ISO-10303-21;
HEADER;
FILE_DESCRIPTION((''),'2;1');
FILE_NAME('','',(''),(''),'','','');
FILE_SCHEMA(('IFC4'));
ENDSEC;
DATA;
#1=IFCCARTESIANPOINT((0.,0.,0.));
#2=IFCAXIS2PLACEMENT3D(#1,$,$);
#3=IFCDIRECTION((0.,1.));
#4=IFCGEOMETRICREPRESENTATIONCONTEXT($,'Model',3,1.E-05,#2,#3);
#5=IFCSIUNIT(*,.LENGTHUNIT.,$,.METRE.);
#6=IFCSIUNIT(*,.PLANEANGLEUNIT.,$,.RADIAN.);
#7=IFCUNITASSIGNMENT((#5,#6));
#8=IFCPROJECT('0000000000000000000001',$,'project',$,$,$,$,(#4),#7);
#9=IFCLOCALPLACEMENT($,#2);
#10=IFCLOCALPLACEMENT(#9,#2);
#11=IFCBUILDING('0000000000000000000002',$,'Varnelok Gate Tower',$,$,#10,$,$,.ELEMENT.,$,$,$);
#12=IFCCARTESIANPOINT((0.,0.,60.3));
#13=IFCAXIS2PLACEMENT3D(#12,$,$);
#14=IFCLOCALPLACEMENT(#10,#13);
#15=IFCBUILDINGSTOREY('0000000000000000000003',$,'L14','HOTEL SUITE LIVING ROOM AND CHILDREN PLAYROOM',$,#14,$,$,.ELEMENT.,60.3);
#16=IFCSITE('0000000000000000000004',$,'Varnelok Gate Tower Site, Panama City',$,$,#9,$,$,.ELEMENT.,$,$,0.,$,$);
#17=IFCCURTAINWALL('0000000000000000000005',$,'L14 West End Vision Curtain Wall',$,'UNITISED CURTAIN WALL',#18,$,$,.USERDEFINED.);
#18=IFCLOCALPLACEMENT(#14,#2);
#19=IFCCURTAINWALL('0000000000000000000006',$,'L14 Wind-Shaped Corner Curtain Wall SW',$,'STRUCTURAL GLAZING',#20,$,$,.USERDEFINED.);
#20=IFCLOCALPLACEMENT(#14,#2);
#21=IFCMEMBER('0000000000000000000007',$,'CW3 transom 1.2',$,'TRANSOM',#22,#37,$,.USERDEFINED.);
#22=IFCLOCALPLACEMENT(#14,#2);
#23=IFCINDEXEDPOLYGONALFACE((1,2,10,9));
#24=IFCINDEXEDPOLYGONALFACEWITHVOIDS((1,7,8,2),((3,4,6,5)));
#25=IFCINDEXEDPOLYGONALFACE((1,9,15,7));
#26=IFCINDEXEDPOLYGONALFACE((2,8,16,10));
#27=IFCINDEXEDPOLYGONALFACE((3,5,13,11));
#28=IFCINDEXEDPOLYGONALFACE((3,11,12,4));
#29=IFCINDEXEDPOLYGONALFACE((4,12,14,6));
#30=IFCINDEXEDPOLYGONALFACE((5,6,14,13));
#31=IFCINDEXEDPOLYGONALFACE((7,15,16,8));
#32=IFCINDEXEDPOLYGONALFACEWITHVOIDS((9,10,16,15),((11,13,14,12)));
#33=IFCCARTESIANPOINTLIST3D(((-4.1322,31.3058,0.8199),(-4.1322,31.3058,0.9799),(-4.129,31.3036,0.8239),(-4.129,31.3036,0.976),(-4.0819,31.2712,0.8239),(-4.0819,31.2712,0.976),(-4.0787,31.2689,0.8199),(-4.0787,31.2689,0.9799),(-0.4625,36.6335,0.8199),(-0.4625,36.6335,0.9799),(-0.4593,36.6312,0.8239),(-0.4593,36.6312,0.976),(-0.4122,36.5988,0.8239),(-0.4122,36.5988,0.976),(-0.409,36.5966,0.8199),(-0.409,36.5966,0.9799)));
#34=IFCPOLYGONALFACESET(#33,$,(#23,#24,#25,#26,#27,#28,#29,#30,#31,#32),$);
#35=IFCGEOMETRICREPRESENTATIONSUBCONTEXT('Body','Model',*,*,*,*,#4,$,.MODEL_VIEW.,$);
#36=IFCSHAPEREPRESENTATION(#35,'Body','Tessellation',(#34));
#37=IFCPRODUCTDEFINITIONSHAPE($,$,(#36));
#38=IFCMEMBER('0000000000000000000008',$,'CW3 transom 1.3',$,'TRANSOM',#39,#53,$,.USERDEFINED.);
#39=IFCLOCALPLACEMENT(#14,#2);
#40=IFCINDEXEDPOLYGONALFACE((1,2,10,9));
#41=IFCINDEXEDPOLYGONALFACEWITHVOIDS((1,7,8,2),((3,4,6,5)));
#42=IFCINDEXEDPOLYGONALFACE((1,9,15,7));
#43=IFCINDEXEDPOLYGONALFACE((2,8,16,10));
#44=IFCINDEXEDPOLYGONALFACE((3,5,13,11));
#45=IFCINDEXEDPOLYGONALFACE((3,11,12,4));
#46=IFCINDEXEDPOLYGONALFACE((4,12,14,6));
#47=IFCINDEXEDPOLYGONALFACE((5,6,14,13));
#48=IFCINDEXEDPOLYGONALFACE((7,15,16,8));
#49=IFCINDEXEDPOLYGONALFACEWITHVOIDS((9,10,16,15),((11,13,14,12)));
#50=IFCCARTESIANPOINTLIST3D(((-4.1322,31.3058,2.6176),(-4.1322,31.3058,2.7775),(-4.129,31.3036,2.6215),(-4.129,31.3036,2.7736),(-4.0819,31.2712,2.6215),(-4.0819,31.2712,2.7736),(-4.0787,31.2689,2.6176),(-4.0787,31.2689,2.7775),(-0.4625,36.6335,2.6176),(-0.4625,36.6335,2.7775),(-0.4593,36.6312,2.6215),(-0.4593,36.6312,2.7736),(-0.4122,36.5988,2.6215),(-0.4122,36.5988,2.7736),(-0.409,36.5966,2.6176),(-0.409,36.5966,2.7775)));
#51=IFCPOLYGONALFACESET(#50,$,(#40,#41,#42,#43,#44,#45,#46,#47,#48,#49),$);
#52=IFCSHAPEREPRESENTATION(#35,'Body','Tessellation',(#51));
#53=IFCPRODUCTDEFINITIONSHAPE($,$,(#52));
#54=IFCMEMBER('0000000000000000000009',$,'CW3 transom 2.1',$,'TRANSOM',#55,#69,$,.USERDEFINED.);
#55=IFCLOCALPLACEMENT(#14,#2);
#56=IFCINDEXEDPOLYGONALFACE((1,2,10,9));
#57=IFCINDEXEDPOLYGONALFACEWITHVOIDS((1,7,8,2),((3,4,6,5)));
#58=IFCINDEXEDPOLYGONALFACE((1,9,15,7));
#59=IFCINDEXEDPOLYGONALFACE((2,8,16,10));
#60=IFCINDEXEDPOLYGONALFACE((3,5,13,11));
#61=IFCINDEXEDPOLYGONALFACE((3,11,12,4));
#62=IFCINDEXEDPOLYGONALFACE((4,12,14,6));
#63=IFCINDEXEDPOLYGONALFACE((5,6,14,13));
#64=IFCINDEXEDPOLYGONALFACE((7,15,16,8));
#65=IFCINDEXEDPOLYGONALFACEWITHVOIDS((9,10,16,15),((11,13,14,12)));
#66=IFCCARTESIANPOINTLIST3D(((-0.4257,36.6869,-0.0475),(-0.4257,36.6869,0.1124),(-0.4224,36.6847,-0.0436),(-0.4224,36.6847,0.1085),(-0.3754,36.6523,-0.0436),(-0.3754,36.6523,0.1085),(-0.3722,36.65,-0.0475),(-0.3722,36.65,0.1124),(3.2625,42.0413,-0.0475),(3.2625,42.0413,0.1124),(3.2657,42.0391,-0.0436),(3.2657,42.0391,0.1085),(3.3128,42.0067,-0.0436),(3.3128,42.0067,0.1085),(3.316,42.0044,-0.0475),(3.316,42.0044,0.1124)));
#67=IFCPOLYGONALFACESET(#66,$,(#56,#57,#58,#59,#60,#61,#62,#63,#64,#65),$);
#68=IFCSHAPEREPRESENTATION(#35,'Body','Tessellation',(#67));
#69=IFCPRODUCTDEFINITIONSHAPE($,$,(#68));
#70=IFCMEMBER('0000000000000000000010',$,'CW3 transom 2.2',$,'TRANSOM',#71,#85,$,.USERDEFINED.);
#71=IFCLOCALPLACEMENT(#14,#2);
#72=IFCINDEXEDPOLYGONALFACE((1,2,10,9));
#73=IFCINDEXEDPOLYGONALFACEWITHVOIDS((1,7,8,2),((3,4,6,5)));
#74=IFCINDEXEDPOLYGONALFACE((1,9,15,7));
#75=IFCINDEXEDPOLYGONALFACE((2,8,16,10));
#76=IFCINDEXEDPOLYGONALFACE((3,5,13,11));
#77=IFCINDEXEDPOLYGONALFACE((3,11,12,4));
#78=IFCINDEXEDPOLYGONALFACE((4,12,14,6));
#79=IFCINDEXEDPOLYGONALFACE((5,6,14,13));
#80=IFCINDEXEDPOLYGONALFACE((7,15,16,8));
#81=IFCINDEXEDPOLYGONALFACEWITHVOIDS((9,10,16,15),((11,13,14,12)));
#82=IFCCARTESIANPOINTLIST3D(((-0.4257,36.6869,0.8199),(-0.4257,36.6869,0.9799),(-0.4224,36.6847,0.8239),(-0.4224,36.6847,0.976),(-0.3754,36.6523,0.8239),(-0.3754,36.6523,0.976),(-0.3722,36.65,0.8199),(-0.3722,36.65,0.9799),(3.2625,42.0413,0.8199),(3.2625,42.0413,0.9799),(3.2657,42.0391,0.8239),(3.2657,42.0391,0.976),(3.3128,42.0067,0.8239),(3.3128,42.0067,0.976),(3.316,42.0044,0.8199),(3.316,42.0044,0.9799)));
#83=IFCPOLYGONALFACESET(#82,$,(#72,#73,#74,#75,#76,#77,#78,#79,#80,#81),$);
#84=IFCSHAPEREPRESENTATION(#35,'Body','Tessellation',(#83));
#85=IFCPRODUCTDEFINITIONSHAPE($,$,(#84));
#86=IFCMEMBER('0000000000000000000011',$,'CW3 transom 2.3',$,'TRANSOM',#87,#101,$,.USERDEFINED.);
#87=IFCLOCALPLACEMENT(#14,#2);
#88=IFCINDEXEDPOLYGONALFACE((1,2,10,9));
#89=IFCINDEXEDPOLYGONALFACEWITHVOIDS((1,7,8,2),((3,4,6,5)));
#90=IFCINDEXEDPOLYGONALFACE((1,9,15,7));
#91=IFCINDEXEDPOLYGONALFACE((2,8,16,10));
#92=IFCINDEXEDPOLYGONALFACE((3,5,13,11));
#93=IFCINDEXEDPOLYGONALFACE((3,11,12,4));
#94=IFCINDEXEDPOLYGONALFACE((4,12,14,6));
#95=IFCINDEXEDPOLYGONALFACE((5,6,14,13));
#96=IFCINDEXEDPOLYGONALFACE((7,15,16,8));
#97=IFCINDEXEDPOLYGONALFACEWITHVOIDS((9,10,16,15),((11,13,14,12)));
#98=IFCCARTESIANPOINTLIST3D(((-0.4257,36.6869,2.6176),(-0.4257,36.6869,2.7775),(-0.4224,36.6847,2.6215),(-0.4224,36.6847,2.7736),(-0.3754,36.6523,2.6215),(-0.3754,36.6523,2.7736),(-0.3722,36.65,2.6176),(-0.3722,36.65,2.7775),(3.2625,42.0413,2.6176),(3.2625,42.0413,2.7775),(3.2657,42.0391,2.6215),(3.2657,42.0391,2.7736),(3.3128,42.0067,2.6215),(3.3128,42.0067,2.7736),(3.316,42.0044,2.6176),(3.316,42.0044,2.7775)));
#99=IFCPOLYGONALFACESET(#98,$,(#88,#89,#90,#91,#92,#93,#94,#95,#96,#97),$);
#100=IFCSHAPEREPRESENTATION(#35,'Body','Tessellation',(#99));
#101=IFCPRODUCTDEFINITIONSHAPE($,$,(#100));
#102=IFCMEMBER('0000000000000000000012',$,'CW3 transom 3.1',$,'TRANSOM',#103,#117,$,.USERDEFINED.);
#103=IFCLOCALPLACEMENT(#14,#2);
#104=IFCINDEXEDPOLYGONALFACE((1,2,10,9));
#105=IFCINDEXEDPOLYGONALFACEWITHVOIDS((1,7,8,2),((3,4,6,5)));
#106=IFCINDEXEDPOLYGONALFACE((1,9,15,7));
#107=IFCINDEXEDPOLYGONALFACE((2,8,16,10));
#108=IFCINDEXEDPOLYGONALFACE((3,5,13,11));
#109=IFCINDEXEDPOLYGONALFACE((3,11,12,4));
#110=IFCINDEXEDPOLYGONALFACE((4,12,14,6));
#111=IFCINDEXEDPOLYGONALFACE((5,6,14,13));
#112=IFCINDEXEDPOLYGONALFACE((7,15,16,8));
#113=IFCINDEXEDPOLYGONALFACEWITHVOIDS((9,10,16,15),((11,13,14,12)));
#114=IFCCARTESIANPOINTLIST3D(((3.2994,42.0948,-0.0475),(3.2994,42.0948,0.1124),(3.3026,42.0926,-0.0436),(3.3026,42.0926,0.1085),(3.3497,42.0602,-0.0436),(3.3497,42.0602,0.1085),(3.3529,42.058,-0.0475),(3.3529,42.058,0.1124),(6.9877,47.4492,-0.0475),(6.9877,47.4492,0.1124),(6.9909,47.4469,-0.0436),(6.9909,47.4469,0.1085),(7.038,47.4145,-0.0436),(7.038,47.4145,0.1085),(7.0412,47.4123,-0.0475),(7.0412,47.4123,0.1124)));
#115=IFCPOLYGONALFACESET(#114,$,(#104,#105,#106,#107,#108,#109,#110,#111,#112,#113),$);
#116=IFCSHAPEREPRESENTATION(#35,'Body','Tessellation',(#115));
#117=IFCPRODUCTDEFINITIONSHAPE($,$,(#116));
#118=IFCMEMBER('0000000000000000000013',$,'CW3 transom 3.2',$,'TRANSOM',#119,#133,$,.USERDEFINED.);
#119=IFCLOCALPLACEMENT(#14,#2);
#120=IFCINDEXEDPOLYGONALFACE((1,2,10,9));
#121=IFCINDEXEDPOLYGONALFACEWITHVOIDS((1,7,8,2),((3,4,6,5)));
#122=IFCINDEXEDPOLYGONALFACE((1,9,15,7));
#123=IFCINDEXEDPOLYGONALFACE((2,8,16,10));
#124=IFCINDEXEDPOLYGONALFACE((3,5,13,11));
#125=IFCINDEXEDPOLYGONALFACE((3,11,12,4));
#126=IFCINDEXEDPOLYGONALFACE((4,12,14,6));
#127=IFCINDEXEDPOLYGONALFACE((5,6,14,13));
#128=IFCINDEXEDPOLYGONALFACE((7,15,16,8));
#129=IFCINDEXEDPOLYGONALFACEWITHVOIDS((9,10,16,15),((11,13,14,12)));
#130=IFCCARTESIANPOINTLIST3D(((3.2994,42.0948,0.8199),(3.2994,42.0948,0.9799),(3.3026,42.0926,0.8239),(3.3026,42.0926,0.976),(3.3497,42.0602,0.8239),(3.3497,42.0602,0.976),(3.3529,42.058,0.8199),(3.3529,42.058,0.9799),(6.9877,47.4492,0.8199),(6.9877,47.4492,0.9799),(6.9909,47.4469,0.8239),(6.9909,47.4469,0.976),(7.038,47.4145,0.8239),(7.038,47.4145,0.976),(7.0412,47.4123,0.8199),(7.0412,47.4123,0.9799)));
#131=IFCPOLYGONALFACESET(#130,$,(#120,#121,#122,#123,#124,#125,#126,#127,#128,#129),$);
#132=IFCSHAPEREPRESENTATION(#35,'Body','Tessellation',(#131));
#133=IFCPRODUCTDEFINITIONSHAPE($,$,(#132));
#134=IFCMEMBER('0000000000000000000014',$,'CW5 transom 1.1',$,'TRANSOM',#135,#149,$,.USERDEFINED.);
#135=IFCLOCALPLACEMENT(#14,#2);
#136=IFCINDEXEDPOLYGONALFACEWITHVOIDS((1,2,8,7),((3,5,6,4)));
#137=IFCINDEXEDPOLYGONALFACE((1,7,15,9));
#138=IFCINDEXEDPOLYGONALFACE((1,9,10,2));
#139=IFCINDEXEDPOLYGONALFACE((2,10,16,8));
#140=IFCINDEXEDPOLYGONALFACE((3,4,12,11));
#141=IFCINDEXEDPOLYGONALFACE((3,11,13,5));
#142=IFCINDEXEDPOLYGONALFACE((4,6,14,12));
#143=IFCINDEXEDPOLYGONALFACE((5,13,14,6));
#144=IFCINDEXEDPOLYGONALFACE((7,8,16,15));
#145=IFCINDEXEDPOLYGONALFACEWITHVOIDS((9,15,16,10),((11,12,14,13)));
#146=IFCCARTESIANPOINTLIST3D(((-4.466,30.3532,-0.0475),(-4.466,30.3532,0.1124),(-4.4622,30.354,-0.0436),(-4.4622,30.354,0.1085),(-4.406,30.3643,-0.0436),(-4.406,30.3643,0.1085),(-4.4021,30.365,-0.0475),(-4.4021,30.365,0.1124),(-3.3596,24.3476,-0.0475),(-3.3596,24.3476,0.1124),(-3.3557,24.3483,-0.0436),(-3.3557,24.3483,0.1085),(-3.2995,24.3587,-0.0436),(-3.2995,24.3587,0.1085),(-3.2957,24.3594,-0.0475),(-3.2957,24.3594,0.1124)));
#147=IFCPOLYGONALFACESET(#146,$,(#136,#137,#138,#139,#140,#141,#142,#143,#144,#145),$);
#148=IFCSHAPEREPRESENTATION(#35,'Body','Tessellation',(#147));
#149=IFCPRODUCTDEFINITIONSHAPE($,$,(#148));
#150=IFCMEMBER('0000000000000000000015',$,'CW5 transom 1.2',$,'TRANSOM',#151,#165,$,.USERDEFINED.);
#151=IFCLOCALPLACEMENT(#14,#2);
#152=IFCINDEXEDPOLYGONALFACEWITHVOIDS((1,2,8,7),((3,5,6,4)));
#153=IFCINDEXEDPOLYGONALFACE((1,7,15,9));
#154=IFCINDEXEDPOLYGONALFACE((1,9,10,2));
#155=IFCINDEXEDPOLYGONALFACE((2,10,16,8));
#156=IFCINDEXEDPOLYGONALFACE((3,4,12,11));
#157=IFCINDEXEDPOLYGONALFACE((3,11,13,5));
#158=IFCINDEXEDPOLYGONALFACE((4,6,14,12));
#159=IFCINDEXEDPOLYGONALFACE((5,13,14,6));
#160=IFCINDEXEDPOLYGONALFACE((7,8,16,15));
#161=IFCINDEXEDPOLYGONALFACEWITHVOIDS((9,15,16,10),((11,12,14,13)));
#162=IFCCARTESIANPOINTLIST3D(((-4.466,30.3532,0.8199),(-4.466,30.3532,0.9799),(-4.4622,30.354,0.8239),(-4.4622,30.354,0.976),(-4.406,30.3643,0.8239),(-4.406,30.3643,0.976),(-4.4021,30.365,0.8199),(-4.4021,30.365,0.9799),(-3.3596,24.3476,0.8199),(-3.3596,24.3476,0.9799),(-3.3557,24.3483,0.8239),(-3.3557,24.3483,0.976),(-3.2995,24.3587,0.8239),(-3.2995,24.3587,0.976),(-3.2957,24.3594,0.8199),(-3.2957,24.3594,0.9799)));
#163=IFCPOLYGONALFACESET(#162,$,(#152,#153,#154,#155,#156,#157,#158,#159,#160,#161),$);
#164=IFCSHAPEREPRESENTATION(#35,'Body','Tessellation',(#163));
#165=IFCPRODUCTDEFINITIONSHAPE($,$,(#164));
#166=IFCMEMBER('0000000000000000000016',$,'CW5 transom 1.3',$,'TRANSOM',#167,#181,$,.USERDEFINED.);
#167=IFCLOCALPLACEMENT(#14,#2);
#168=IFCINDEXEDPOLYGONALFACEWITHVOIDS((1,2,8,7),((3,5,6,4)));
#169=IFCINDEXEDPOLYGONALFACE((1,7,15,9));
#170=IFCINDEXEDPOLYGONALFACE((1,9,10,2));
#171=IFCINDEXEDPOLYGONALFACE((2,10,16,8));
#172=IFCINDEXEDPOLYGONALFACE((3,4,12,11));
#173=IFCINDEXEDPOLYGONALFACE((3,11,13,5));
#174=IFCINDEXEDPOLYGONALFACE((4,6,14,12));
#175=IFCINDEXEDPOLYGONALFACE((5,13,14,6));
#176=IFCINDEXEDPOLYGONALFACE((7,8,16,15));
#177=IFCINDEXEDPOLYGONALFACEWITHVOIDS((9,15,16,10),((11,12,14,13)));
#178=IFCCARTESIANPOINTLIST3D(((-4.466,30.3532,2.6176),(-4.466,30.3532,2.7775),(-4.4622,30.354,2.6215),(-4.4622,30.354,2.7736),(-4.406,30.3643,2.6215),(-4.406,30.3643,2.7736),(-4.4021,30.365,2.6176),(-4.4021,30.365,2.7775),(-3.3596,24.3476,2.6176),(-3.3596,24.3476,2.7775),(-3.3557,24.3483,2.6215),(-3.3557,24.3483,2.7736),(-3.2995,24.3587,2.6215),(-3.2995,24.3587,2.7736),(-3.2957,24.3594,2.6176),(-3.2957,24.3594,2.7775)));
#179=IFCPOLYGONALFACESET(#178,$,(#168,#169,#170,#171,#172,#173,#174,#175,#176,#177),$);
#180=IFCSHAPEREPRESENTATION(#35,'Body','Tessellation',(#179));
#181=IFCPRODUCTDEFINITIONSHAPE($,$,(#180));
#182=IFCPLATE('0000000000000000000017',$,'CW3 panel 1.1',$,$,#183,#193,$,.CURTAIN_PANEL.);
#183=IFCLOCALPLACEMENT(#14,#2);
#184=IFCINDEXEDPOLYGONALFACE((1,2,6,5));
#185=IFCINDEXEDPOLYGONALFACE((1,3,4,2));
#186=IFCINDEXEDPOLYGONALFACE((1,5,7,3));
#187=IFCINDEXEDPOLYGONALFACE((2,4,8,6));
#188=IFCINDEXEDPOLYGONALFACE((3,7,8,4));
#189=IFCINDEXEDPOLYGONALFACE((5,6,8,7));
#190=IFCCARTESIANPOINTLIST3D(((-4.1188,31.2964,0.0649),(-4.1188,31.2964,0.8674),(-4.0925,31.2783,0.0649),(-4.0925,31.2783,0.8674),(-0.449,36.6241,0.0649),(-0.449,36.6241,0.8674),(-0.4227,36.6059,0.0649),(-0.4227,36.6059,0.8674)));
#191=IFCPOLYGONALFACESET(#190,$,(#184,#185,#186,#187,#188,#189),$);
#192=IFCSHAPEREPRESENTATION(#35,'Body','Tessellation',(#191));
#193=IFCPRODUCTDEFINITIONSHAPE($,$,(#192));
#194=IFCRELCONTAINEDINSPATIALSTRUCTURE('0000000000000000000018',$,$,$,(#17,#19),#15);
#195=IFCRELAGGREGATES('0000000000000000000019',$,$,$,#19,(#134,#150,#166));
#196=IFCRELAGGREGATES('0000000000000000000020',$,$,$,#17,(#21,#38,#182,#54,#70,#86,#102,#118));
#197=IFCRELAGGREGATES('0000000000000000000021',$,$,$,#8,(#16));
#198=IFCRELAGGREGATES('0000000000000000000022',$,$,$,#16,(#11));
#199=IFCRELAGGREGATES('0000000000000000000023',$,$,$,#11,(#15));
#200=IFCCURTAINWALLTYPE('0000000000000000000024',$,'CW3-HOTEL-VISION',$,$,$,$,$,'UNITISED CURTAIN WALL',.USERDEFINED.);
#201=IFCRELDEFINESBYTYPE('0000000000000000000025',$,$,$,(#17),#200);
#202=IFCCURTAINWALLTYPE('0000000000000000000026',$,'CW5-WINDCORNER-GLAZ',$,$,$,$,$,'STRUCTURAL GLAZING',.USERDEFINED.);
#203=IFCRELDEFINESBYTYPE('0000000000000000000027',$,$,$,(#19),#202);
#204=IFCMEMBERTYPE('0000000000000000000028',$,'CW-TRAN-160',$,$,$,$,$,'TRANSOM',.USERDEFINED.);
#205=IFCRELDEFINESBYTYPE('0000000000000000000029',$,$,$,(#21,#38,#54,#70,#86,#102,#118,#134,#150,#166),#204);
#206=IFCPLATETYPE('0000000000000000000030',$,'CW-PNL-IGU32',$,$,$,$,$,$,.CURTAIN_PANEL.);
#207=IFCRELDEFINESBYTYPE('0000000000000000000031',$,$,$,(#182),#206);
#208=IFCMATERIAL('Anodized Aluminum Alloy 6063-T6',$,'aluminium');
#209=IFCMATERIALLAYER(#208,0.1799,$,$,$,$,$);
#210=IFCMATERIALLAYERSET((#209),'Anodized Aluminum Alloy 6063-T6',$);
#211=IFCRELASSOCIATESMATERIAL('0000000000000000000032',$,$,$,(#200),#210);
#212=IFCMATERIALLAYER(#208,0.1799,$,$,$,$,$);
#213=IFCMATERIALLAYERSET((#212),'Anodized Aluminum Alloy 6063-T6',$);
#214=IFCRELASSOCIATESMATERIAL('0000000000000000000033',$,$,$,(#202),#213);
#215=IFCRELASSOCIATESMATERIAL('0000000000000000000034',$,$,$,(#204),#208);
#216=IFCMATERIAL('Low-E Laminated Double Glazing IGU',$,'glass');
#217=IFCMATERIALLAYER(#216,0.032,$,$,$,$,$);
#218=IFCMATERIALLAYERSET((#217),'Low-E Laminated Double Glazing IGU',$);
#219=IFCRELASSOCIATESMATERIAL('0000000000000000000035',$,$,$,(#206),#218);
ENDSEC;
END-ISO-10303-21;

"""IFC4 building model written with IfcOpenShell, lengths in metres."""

from ifc_helpers import new_model, si_unit, direction, frame, origin, origin_2d, place, context, subcontext, project, spatial, rectangle, hollow_rectangle, extrude, source, transform, mapped, material, layer, layer_set, material_profile, profile_set, type_object, element, aggregate, save


model = new_model("IFC4")

# Units and contexts
model_context = context("Model", 3, precision=1e-05, world=origin(), true_north=direction((0.0, 1.0)))
body_context = subcontext(model_context, "Body", "Model", "MODEL_VIEW")
ifc_project = project(units=[si_unit("LENGTHUNIT", "METRE"), si_unit("PLANEANGLEUNIT", "RADIAN")], contexts=[model_context])

# Site, building, storey
site_placement = place(None, origin())
site = spatial("IfcSite", under=ifc_project, at=site_placement, Name="Varnelok Gate Tower Site, Panama City", CompositionType="ELEMENT", RefElevation=0.0)
building_placement = place(site_placement, origin())
building = spatial("IfcBuilding", under=site, at=building_placement, Name="Varnelok Gate Tower", CompositionType="ELEMENT")
storey_placement = place(building_placement, frame((0.0, 0.0, 60.3)))
storey = spatial("IfcBuildingStorey", under=building, at=storey_placement, Name="L14", Description="HOTEL SUITE LIVING ROOM AND CHILDREN PLAYROOM", CompositionType="ELEMENT", Elevation=60.3)

# Curtain wall
ifc_material_1 = material(Name="Anodized Aluminum Alloy 6063-T6", Category="aluminium")
ifc_layer_1 = layer(ifc_material_1, 0.1799)
ifc_layer_set_1 = layer_set([ifc_layer_1], Name="Anodized Aluminum Alloy 6063-T6")
curtain_wall_type_1 = type_object("IfcCurtainWallType", Name="CW3-HOTEL-VISION", ElementType="UNITISED CURTAIN WALL", PredefinedType="USERDEFINED", material=ifc_layer_set_1)
curtain_wall_1_placement = place(storey_placement, origin())
curtain_wall_1 = element("IfcCurtainWall", 1, at=curtain_wall_1_placement, inside=storey, type_object=curtain_wall_type_1, Name="L14 West End Vision Curtain Wall", ObjectType="UNITISED CURTAIN WALL", PredefinedType="USERDEFINED")

# Curtain wall
ifc_layer_2 = layer(ifc_material_1, 0.1799)
ifc_layer_set_2 = layer_set([ifc_layer_2], Name="Anodized Aluminum Alloy 6063-T6")
curtain_wall_type_2 = type_object("IfcCurtainWallType", Name="CW5-WINDCORNER-GLAZ", ElementType="STRUCTURAL GLAZING", PredefinedType="USERDEFINED", material=ifc_layer_set_2)
curtain_wall_2_placement = place(storey_placement, origin())
curtain_wall_2 = element("IfcCurtainWall", 2, at=curtain_wall_2_placement, inside=storey, type_object=curtain_wall_type_2, Name="L14 Wind-Shaped Corner Curtain Wall SW", ObjectType="STRUCTURAL GLAZING", PredefinedType="USERDEFINED")

# Members
ifc_material_profile_1 = material_profile(ifc_material_1, hollow_rectangle(XDim=0.0649, YDim=0.1599, WallThickness=0.0039, at=origin_2d()), Name="ALU160X65X4")
ifc_profile_set_1 = profile_set([ifc_material_profile_1], Name="Anodized Aluminum Alloy 6063-T6")
member_type_1 = type_object("IfcMemberType", Name="CW-TRAN-160", ElementType="TRANSOM", PredefinedType="USERDEFINED", material=ifc_profile_set_1)
member_1_placement = place(storey_placement, frame((-4.1055, 31.2874, 0.8999), z_axis=(0.567256, 0.823542, 0.0), x_axis=(-0.823542, 0.567256, 0.0)))
member_1 = element("IfcMember", 3, at=member_1_placement, type_object=member_type_1, Name="CW3 transom 1.2", ObjectType="TRANSOM", PredefinedType="USERDEFINED", context=body_context, shape_type="SweptSolid", body=[
    extrude(hollow_rectangle(XDim=0.0649, YDim=0.1599, WallThickness=0.0039, at=origin_2d()), origin(), (0.0, 0.0, 1.0), 6.4692),
])
member_2_placement = place(storey_placement, frame((-4.1055, 31.2874, 2.6975), z_axis=(0.567256, 0.823542, 0.0), x_axis=(-0.823542, 0.567256, 0.0)))
member_2 = element("IfcMember", 4, at=member_2_placement, type_object=member_type_1, Name="CW3 transom 1.3", ObjectType="TRANSOM", PredefinedType="USERDEFINED", context=body_context, shape_type="SweptSolid", body=[
    extrude(hollow_rectangle(XDim=0.0649, YDim=0.1599, WallThickness=0.0039, at=origin_2d()), origin(), (0.0, 0.0, 1.0), 6.4692),
])
member_3_placement = place(storey_placement, frame((-0.3989, 36.6685, 0.0325), z_axis=(0.567262, 0.823538, 0.0), x_axis=(-0.823538, 0.567262, 0.0)))
member_3 = element("IfcMember", 5, at=member_3_placement, type_object=member_type_1, Name="CW3 transom 2.1", ObjectType="TRANSOM", PredefinedType="USERDEFINED", context=body_context, shape_type="SweptSolid", body=[
    extrude(hollow_rectangle(XDim=0.0649, YDim=0.1599, WallThickness=0.0039, at=origin_2d()), origin(), (0.0, 0.0, 1.0), 6.5017),
])
member_4_placement = place(storey_placement, frame((-0.3989, 36.6685, 0.8999), z_axis=(0.567262, 0.823538, 0.0), x_axis=(-0.823538, 0.567262, 0.0)))
member_4 = element("IfcMember", 6, at=member_4_placement, type_object=member_type_1, Name="CW3 transom 2.2", ObjectType="TRANSOM", PredefinedType="USERDEFINED", context=body_context, shape_type="SweptSolid", body=[
    extrude(hollow_rectangle(XDim=0.0649, YDim=0.1599, WallThickness=0.0039, at=origin_2d()), origin(), (0.0, 0.0, 1.0), 6.5017),
])
member_5_placement = place(storey_placement, frame((-0.3989, 36.6685, 2.6975), z_axis=(0.567262, 0.823538, 0.0), x_axis=(-0.823538, 0.567262, 0.0)))
member_5 = element("IfcMember", 7, at=member_5_placement, type_object=member_type_1, Name="CW3 transom 2.3", ObjectType="TRANSOM", PredefinedType="USERDEFINED", context=body_context, shape_type="SweptSolid", body=[
    extrude(hollow_rectangle(XDim=0.0649, YDim=0.1599, WallThickness=0.0039, at=origin_2d()), origin(), (0.0, 0.0, 1.0), 6.5017),
])
member_6_placement = place(storey_placement, frame((3.3262, 42.0764, 0.0325), z_axis=(0.567279, 0.823526, 0.0), x_axis=(-0.823526, 0.567279, 0.0)))
member_6 = element("IfcMember", 8, at=member_6_placement, type_object=member_type_1, Name="CW3 transom 3.1", ObjectType="TRANSOM", PredefinedType="USERDEFINED", context=body_context, shape_type="SweptSolid", body=[
    extrude(hollow_rectangle(XDim=0.0649, YDim=0.1599, WallThickness=0.0039, at=origin_2d()), origin(), (0.0, 0.0, 1.0), 6.5017),
])
member_7_placement = place(storey_placement, frame((3.3262, 42.0764, 0.8999), z_axis=(0.567279, 0.823526, 0.0), x_axis=(-0.823526, 0.567279, 0.0)))
member_7 = element("IfcMember", 9, at=member_7_placement, type_object=member_type_1, Name="CW3 transom 3.2", ObjectType="TRANSOM", PredefinedType="USERDEFINED", context=body_context, shape_type="SweptSolid", body=[
    extrude(hollow_rectangle(XDim=0.0649, YDim=0.1599, WallThickness=0.0039, at=origin_2d()), origin(), (0.0, 0.0, 1.0), 6.5017),
])
member_8_placement = place(storey_placement, frame((-4.4341, 30.3591, 0.0325), z_axis=(0.181186, -0.983449, 0.0), x_axis=(0.983449, 0.181186, 0.0)))
member_8 = element("IfcMember", 10, at=member_8_placement, type_object=member_type_1, Name="CW5 transom 1.1", ObjectType="TRANSOM", PredefinedType="USERDEFINED", context=body_context, shape_type="SweptSolid", body=[
    extrude(hollow_rectangle(XDim=0.0649, YDim=0.1599, WallThickness=0.0039, at=origin_2d()), origin(), (0.0, 0.0, 1.0), 6.1067),
])
member_9_placement = place(storey_placement, frame((-4.4341, 30.3591, 0.8999), z_axis=(0.181186, -0.983449, 0.0), x_axis=(0.983449, 0.181186, 0.0)))
member_9 = element("IfcMember", 11, at=member_9_placement, type_object=member_type_1, Name="CW5 transom 1.2", ObjectType="TRANSOM", PredefinedType="USERDEFINED", context=body_context, shape_type="SweptSolid", body=[
    extrude(hollow_rectangle(XDim=0.0649, YDim=0.1599, WallThickness=0.0039, at=origin_2d()), origin(), (0.0, 0.0, 1.0), 6.1067),
])
member_10_placement = place(storey_placement, frame((-4.4341, 30.3591, 2.6975), z_axis=(0.181186, -0.983449, 0.0), x_axis=(0.983449, 0.181186, 0.0)))
member_10 = element("IfcMember", 12, at=member_10_placement, type_object=member_type_1, Name="CW5 transom 1.3", ObjectType="TRANSOM", PredefinedType="USERDEFINED", context=body_context, shape_type="SweptSolid", body=[
    extrude(hollow_rectangle(XDim=0.0649, YDim=0.1599, WallThickness=0.0039, at=origin_2d()), origin(), (0.0, 0.0, 1.0), 6.1067),
])
aggregate(curtain_wall_2, [member_8, member_9, member_10])

# Plate
ifc_material_2 = material(Name="Low-E Laminated Double Glazing IGU", Category="glass")
ifc_layer_3 = layer(ifc_material_2, 0.032)
ifc_layer_set_3 = layer_set([ifc_layer_3], Name="Low-E Laminated Double Glazing IGU")
plate_type = type_object("IfcPlateType", Name="CW-PNL-IGU32", PredefinedType="CURTAIN_PANEL", material=ifc_layer_set_3)
shared_shape_1 = source(origin(), body_context, "Body", "SweptSolid", [
    extrude(rectangle(XDim=6.4692, YDim=0.032, at=origin_2d()), origin(), (0.0, 0.0, 1.0), 0.8025),
])
plate_1_placement = place(storey_placement, frame((-2.2708, 33.9512, 0.0649), z_axis=(0.0, 0.0, 1.0), x_axis=(0.567269, 0.823533, 0.0)))
plate_1 = element("IfcPlate", 13, at=plate_1_placement, type_object=plate_type, Name="CW3 panel 1.1", PredefinedType="CURTAIN_PANEL", context=body_context, shape_type="MappedRepresentation", body=[
    mapped(shared_shape_1, transform((0.0, 0.0, 0.0), scale=1.0)),
])
aggregate(curtain_wall_1, [member_1, member_2, plate_1, member_3, member_4, member_5, member_6, member_7])

save(model, "model.ifc")
